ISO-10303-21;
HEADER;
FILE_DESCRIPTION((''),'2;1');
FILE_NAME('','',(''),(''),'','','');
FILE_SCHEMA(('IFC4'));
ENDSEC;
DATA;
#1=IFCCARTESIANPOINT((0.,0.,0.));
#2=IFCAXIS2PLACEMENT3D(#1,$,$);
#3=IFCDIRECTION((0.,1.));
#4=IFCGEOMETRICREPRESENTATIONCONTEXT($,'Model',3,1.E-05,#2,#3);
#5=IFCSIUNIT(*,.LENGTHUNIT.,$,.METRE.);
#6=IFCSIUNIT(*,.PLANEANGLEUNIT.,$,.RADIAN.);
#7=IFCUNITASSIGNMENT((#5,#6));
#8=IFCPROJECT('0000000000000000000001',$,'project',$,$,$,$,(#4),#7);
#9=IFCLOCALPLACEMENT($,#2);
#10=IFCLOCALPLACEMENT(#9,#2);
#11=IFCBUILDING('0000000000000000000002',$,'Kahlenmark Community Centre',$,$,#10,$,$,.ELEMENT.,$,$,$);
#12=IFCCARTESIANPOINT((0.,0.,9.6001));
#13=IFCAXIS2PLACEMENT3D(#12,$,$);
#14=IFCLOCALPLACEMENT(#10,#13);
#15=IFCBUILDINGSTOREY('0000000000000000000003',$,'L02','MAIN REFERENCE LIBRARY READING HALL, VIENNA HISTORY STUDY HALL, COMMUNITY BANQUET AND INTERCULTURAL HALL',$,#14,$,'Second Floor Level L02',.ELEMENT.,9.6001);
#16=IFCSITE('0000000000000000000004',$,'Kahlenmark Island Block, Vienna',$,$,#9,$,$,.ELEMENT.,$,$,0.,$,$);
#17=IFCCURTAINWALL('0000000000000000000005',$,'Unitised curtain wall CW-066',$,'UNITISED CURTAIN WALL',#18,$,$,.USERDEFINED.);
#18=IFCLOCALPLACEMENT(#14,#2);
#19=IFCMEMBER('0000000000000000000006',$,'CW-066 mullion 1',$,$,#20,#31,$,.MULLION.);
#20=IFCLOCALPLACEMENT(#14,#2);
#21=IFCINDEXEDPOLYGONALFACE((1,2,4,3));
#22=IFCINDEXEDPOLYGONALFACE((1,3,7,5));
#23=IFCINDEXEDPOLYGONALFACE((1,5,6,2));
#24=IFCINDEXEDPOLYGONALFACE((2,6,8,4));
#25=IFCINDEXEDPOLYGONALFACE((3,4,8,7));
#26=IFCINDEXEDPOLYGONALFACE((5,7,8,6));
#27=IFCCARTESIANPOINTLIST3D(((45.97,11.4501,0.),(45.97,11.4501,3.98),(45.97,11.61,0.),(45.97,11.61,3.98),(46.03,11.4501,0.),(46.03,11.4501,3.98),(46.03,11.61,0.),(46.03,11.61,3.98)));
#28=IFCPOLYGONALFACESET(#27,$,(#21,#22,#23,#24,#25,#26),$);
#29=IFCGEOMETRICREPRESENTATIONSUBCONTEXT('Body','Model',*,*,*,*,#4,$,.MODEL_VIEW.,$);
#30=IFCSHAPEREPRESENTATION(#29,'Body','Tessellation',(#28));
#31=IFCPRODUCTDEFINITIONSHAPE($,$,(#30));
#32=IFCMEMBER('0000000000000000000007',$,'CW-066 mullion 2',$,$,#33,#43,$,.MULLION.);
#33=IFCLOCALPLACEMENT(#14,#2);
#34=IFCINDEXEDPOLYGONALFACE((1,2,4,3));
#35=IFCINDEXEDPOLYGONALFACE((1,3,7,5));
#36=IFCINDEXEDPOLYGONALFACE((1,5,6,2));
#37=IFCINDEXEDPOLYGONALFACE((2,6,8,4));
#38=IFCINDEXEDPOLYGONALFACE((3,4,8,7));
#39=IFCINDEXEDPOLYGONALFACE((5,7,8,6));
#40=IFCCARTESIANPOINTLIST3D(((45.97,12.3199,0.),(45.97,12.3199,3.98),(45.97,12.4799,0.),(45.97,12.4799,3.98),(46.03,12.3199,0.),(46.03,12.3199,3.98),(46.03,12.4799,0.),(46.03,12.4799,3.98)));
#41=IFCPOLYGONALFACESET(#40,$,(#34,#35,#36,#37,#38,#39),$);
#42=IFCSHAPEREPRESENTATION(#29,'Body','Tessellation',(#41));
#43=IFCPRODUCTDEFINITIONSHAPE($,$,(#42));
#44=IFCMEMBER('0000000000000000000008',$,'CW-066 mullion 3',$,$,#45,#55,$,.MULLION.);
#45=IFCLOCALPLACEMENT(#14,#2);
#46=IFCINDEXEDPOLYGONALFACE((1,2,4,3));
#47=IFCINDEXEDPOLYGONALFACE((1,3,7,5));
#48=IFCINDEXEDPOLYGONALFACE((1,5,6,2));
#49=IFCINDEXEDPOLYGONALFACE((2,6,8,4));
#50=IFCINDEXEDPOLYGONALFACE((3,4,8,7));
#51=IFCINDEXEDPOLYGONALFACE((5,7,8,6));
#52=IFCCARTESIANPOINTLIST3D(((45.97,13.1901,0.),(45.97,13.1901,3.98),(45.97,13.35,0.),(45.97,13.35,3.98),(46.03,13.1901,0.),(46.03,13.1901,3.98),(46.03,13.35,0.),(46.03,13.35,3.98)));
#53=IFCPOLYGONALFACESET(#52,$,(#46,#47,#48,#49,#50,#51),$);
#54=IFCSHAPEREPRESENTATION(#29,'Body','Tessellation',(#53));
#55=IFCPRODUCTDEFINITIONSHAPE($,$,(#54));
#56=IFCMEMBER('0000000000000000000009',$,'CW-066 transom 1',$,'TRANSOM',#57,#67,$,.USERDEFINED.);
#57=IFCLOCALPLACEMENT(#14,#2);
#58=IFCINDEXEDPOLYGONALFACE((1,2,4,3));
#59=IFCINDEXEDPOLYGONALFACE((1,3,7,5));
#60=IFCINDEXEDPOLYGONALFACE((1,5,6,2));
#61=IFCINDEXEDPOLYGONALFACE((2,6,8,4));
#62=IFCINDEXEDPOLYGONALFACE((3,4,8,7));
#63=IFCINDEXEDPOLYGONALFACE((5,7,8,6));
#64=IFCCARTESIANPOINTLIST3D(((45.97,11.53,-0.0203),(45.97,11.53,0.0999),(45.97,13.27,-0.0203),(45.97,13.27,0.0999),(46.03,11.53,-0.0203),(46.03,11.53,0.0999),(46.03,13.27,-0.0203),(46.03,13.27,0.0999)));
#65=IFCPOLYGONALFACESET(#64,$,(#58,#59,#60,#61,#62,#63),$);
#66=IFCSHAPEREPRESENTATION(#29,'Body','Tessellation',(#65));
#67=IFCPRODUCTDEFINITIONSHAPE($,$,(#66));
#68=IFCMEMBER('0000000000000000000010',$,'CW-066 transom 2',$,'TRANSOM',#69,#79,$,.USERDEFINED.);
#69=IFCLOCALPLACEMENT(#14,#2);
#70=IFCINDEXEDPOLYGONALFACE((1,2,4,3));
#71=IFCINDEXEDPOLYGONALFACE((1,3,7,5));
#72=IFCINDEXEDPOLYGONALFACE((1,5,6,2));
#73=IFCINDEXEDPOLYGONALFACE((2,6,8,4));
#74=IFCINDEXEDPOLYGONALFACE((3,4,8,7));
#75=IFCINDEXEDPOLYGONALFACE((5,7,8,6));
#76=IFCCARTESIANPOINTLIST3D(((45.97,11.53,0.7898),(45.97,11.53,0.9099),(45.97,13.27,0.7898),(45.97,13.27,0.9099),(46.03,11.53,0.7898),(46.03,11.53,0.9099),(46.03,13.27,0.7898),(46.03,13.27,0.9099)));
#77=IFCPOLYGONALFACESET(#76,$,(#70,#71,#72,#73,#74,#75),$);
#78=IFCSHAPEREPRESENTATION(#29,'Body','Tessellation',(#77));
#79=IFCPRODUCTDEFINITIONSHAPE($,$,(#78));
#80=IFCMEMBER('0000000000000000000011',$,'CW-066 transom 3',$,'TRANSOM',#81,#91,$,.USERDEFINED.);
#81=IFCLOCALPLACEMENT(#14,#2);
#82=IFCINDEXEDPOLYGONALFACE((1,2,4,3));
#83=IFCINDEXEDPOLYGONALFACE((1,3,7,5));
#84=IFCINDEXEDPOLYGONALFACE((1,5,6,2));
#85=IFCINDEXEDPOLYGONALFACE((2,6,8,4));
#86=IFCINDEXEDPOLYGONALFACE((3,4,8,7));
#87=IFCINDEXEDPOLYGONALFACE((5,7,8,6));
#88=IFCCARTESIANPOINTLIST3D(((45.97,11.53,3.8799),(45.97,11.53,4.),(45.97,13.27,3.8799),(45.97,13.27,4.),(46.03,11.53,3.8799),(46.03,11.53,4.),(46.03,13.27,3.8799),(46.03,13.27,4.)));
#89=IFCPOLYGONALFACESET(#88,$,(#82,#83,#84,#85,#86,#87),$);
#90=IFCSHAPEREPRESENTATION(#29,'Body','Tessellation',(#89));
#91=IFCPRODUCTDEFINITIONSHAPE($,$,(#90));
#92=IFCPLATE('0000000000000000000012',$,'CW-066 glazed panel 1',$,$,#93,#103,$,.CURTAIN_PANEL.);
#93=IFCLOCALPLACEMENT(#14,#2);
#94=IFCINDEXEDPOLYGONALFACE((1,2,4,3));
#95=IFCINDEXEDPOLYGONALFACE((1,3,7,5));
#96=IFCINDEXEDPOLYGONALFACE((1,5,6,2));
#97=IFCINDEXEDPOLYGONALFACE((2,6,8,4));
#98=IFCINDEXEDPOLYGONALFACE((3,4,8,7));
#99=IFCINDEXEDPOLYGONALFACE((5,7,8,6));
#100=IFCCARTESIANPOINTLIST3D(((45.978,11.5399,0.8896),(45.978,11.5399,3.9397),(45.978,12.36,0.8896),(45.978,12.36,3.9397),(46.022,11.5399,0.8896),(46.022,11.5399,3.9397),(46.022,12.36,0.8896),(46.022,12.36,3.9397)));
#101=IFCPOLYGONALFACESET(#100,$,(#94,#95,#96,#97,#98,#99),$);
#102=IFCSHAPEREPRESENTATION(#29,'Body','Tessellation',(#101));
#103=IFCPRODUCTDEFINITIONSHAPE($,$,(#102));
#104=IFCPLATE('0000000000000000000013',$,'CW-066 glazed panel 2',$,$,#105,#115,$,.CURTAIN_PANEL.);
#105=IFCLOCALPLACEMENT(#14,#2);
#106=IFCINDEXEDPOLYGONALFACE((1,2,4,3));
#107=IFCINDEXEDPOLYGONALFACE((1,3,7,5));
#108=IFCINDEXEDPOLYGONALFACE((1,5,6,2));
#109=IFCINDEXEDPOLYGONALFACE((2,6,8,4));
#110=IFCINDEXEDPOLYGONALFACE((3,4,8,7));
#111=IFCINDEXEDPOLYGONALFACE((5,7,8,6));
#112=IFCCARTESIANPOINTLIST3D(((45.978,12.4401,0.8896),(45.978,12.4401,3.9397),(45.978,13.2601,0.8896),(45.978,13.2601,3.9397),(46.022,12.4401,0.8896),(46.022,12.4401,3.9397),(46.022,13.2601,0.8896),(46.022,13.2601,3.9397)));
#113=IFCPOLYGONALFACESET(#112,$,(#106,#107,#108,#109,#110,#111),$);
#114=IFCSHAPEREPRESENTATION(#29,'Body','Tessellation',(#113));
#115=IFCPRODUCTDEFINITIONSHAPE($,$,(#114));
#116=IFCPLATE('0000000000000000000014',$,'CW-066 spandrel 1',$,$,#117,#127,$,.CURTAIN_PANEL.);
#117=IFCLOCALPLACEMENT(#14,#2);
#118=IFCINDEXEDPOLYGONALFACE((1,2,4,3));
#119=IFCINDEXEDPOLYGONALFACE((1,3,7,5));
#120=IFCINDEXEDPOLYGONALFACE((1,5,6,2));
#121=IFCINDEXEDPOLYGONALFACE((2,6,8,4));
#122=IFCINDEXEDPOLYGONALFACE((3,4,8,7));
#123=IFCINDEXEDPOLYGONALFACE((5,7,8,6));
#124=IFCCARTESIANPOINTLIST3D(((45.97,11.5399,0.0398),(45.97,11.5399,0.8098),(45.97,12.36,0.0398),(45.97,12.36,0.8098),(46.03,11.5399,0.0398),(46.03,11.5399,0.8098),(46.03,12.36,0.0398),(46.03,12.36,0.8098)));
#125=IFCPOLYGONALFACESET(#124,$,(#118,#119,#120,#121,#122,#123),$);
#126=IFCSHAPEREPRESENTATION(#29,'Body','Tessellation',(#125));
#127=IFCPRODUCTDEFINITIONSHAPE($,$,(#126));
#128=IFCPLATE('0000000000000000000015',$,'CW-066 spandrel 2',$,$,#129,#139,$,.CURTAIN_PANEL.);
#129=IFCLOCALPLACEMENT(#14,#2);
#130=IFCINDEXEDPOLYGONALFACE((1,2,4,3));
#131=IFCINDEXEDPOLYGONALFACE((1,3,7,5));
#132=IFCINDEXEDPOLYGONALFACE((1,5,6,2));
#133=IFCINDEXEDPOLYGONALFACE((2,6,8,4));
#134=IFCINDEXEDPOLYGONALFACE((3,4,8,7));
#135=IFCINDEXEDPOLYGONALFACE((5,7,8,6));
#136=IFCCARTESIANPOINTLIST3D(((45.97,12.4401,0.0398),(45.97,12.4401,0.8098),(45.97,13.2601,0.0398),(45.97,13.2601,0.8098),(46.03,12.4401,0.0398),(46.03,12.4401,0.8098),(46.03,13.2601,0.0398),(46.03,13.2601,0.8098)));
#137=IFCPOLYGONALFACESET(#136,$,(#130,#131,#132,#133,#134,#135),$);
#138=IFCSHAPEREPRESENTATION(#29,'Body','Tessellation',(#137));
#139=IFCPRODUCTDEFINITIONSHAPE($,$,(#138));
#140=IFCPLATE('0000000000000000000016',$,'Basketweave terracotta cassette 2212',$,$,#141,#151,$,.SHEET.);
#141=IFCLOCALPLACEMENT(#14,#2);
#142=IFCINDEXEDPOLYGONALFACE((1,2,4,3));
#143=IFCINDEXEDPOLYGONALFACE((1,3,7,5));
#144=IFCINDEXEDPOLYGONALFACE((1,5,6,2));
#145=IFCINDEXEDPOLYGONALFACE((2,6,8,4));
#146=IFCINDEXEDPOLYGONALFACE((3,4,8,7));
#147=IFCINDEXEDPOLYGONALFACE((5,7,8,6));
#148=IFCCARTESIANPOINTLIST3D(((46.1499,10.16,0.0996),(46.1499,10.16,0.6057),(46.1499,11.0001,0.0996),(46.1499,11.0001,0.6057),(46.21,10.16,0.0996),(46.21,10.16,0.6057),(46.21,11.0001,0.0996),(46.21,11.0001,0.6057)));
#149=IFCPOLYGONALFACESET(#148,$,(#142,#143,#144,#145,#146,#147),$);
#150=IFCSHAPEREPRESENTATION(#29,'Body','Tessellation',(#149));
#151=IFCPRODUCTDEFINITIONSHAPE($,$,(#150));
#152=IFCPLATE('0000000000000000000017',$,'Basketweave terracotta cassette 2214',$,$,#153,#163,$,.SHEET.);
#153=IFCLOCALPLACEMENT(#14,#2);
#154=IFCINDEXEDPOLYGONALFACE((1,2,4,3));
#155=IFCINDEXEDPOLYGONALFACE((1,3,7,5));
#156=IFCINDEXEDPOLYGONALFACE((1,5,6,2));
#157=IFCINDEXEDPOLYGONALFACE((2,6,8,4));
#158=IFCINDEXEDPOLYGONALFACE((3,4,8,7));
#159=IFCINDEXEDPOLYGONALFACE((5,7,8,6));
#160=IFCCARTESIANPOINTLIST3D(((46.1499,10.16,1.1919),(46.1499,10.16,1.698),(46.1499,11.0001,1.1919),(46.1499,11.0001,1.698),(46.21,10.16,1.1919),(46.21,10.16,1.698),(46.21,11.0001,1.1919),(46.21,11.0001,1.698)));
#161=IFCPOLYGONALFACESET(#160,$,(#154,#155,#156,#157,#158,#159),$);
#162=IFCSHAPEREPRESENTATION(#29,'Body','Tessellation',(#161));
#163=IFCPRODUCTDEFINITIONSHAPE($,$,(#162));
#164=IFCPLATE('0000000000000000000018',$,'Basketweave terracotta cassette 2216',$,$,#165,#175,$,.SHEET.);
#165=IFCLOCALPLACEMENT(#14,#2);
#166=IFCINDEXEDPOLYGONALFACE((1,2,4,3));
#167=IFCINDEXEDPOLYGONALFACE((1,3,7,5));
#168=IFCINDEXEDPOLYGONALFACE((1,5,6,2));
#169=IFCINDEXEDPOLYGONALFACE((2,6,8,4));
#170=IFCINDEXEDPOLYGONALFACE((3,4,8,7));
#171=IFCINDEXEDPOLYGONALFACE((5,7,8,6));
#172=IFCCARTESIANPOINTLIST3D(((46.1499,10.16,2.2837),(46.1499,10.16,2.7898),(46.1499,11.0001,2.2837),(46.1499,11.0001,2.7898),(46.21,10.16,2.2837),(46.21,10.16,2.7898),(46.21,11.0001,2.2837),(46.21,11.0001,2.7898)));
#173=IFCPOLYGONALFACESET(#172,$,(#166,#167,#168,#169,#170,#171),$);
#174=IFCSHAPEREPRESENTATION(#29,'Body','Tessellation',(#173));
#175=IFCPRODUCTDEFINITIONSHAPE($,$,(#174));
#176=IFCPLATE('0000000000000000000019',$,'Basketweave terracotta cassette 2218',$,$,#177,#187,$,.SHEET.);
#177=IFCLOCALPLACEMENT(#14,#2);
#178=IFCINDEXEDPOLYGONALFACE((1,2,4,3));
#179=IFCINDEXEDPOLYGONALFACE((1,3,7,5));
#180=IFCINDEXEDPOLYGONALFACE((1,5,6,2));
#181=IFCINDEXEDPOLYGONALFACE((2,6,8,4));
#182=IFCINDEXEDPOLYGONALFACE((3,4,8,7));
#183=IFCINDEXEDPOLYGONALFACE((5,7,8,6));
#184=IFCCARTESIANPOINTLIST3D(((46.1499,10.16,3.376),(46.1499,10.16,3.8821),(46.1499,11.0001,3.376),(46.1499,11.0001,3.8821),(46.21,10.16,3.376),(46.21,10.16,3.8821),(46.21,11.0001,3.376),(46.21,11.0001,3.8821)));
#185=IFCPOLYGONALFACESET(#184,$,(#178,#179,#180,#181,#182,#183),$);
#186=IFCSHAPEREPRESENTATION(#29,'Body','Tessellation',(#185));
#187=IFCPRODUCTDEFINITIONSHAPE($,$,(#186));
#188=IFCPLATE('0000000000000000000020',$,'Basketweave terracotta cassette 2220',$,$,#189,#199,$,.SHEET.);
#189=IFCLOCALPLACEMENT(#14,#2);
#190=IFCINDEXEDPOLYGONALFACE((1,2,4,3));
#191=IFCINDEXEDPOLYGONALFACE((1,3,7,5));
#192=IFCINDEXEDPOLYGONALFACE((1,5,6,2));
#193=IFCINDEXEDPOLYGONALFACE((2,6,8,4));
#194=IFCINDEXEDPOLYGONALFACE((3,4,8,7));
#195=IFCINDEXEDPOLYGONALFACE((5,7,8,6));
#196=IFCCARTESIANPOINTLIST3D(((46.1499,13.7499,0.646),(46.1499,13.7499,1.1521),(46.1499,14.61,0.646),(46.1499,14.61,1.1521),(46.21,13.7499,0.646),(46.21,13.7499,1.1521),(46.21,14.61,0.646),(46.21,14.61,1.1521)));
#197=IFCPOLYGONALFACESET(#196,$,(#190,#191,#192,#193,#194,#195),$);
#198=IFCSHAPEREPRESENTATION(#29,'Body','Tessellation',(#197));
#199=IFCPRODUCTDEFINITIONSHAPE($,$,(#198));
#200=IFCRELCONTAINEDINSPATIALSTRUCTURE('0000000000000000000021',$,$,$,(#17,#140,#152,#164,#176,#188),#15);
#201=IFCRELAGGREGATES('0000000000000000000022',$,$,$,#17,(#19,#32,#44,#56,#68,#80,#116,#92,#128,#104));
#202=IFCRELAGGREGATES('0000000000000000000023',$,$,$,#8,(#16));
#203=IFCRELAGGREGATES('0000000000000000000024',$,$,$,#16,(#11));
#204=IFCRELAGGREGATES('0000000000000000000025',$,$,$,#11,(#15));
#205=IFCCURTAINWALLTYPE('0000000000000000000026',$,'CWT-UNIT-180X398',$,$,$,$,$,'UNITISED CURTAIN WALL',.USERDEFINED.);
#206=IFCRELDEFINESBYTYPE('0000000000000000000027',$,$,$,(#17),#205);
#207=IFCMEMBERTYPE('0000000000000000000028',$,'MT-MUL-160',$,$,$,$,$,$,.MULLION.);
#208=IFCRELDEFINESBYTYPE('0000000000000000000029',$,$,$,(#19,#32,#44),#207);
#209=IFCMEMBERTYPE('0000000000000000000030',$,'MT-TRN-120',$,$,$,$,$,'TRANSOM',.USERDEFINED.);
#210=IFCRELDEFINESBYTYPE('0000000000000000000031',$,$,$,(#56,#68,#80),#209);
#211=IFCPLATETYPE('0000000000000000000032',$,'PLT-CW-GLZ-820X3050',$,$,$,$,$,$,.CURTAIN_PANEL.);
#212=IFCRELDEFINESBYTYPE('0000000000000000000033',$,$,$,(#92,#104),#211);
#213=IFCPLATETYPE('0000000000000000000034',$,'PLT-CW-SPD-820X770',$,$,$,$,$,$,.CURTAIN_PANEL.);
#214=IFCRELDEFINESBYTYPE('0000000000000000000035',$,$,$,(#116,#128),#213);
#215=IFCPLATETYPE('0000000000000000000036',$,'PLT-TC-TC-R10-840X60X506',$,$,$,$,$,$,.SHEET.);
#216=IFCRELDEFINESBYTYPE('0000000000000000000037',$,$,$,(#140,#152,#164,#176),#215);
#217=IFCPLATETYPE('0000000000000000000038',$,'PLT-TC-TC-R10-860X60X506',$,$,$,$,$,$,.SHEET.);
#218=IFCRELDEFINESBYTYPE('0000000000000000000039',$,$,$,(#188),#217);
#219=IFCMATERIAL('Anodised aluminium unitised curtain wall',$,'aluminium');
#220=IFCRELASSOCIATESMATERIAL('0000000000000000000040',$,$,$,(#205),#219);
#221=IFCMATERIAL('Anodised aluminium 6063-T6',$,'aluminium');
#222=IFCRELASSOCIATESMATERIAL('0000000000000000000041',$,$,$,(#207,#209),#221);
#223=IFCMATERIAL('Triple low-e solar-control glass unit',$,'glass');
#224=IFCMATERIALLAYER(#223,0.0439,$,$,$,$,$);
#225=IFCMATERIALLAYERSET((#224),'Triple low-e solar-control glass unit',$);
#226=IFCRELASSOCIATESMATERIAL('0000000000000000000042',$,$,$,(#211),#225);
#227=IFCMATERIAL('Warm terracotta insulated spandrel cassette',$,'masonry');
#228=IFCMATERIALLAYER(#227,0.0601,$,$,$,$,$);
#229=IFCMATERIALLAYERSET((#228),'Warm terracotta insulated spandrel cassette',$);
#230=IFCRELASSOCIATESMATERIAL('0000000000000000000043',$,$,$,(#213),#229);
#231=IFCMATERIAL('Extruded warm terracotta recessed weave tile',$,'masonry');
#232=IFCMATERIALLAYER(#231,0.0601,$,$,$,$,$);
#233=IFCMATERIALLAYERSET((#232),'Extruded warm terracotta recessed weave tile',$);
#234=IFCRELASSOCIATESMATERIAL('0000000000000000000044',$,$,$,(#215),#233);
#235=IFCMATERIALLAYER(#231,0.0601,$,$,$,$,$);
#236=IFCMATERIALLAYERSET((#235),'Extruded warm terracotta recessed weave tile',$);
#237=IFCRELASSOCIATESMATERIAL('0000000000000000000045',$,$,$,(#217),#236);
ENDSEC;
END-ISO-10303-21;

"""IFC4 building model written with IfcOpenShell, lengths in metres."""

from ifc_helpers import new_model, si_unit, direction, frame, origin, origin_2d, place, context, subcontext, project, spatial, rectangle, extrude, material, layer, layer_set, material_profile, profile_set, type_object, element, aggregate, save


model = new_model("IFC4")

# Units and contexts
model_context = context("Model", 3, precision=1e-05, world=origin(), true_north=direction((0.0, 1.0)))
body_context = subcontext(model_context, "Body", "Model", "MODEL_VIEW")
ifc_project = project(units=[si_unit("LENGTHUNIT", "METRE"), si_unit("PLANEANGLEUNIT", "RADIAN")], contexts=[model_context])

# Site, building, storey
site_placement = place(None, origin())
site = spatial("IfcSite", under=ifc_project, at=site_placement, Name="Kahlenmark Island Block, Vienna", CompositionType="ELEMENT", RefElevation=0.0)
building_placement = place(site_placement, origin())
building = spatial("IfcBuilding", under=site, at=building_placement, Name="Kahlenmark Community Centre", CompositionType="ELEMENT")
storey_placement = place(building_placement, frame((0.0, 0.0, 9.6001)))
storey = spatial("IfcBuildingStorey", under=building, at=storey_placement, Name="L02", Description="MAIN REFERENCE LIBRARY READING HALL, VIENNA HISTORY STUDY HALL, COMMUNITY BANQUET AND INTERCULTURAL HALL", LongName="Second Floor Level L02", CompositionType="ELEMENT", Elevation=9.6001)

# Curtain wall, members, plates
ifc_material_1 = material(Name="Anodised aluminium unitised curtain wall", Category="aluminium")
curtain_wall_type = type_object("IfcCurtainWallType", Name="CWT-UNIT-180X398", ElementType="UNITISED CURTAIN WALL", PredefinedType="USERDEFINED", material=ifc_material_1)
curtain_wall_placement = place(storey_placement, origin())
curtain_wall = element("IfcCurtainWall", 1, at=curtain_wall_placement, inside=storey, type_object=curtain_wall_type, Name="Unitised curtain wall CW-066", ObjectType="UNITISED CURTAIN WALL", PredefinedType="USERDEFINED")
ifc_material_2 = material(Name="Anodised aluminium 6063-T6", Category="aluminium")
ifc_material_profile_1 = material_profile(ifc_material_2, rectangle(XDim=0.0601, YDim=0.1599, at=origin_2d()), Name="ALU MULLION 60x160")
ifc_profile_set_1 = profile_set([ifc_material_profile_1], Name="Anodised aluminium 6063-T6")
member_type_1 = type_object("IfcMemberType", Name="MT-MUL-160", PredefinedType="MULLION", material=ifc_profile_set_1)
member_1_placement = place(storey_placement, frame((46.0, 11.53, 0.0), z_axis=(0.0, 0.0, 1.0), x_axis=(-1.0, 0.0, 0.0)))
member_1 = element("IfcMember", 2, at=member_1_placement, type_object=member_type_1, Name="CW-066 mullion 1", PredefinedType="MULLION", context=body_context, shape_type="SweptSolid", body=[
    extrude(rectangle(XDim=0.0601, YDim=0.1599, at=origin_2d()), origin(), (0.0, 0.0, 1.0), 3.98),
])
member_2_placement = place(storey_placement, frame((46.0, 12.3999, 0.0), z_axis=(0.0, 0.0, 1.0), x_axis=(-1.0, 0.0, 0.0)))
member_2 = element("IfcMember", 3, at=member_2_placement, type_object=member_type_1, Name="CW-066 mullion 2", PredefinedType="MULLION", context=body_context, shape_type="SweptSolid", body=[
    extrude(rectangle(XDim=0.0601, YDim=0.1599, at=origin_2d()), origin(), (0.0, 0.0, 1.0), 3.98),
])
member_3_placement = place(storey_placement, frame((46.0, 13.27, 0.0), z_axis=(0.0, 0.0, 1.0), x_axis=(-1.0, 0.0, 0.0)))
member_3 = element("IfcMember", 4, at=member_3_placement, type_object=member_type_1, Name="CW-066 mullion 3", PredefinedType="MULLION", context=body_context, shape_type="SweptSolid", body=[
    extrude(rectangle(XDim=0.0601, YDim=0.1599, at=origin_2d()), origin(), (0.0, 0.0, 1.0), 3.98),
])
ifc_material_profile_2 = material_profile(ifc_material_2, rectangle(XDim=0.0601, YDim=0.1201, at=origin_2d()), Name="ALU TRANSOM 60x120")
ifc_profile_set_2 = profile_set([ifc_material_profile_2], Name="Anodised aluminium 6063-T6")
member_type_2 = type_object("IfcMemberType", Name="MT-TRN-120", ElementType="TRANSOM", PredefinedType="USERDEFINED", material=ifc_profile_set_2)
member_4_placement = place(storey_placement, frame((46.0, 11.53, 0.0398), z_axis=(0.0, 1.0, 0.0), x_axis=(-1.0, 0.0, 0.0)))
member_4 = element("IfcMember", 5, at=member_4_placement, type_object=member_type_2, Name="CW-066 transom 1", ObjectType="TRANSOM", PredefinedType="USERDEFINED", context=body_context, shape_type="SweptSolid", body=[
    extrude(rectangle(XDim=0.0601, YDim=0.1201, at=origin_2d()), origin(), (0.0, 0.0, 1.0), 1.74),
])
member_5_placement = place(storey_placement, frame((46.0, 11.53, 0.8499), z_axis=(0.0, 1.0, 0.0), x_axis=(-1.0, 0.0, 0.0)))
member_5 = element("IfcMember", 6, at=member_5_placement, type_object=member_type_2, Name="CW-066 transom 2", ObjectType="TRANSOM", PredefinedType="USERDEFINED", context=body_context, shape_type="SweptSolid", body=[
    extrude(rectangle(XDim=0.0601, YDim=0.1201, at=origin_2d()), origin(), (0.0, 0.0, 1.0), 1.74),
])
member_6_placement = place(storey_placement, frame((46.0, 11.53, 3.9399), z_axis=(0.0, 1.0, 0.0), x_axis=(-1.0, 0.0, 0.0)))
member_6 = element("IfcMember", 7, at=member_6_placement, type_object=member_type_2, Name="CW-066 transom 3", ObjectType="TRANSOM", PredefinedType="USERDEFINED", context=body_context, shape_type="SweptSolid", body=[
    extrude(rectangle(XDim=0.0601, YDim=0.1201, at=origin_2d()), origin(), (0.0, 0.0, 1.0), 1.74),
])
ifc_material_3 = material(Name="Triple low-e solar-control glass unit", Category="glass")
ifc_layer_1 = layer(ifc_material_3, 0.0439)
ifc_layer_set_1 = layer_set([ifc_layer_1], Name="Triple low-e solar-control glass unit")
plate_type_1 = type_object("IfcPlateType", Name="PLT-CW-GLZ-820X3050", PredefinedType="CURTAIN_PANEL", material=ifc_layer_set_1)
plate_1_placement = place(storey_placement, frame((46.0, 11.95, 0.8896), z_axis=(0.0, 0.0, 1.0), x_axis=(0.0, 1.0, 0.0)))
plate_1 = element("IfcPlate", 8, at=plate_1_placement, type_object=plate_type_1, Name="CW-066 glazed panel 1", PredefinedType="CURTAIN_PANEL", context=body_context, shape_type="SweptSolid", body=[
    extrude(rectangle(XDim=0.8201, YDim=0.0439, at=origin_2d()), origin(), (0.0, 0.0, 1.0), 3.05),
])
plate_2_placement = place(storey_placement, frame((46.0, 12.8501, 0.8896), z_axis=(0.0, 0.0, 1.0), x_axis=(0.0, 1.0, 0.0)))
plate_2 = element("IfcPlate", 9, at=plate_2_placement, type_object=plate_type_1, Name="CW-066 glazed panel 2", PredefinedType="CURTAIN_PANEL", context=body_context, shape_type="SweptSolid", body=[
    extrude(rectangle(XDim=0.8201, YDim=0.0439, at=origin_2d()), origin(), (0.0, 0.0, 1.0), 3.05),
])
ifc_material_4 = material(Name="Warm terracotta insulated spandrel cassette", Category="masonry")
ifc_layer_2 = layer(ifc_material_4, 0.0601)
ifc_layer_set_2 = layer_set([ifc_layer_2], Name="Warm terracotta insulated spandrel cassette")
plate_type_2 = type_object("IfcPlateType", Name="PLT-CW-SPD-820X770", PredefinedType="CURTAIN_PANEL", material=ifc_layer_set_2)
plate_3_placement = place(storey_placement, frame((46.0, 11.95, 0.0398), z_axis=(0.0, 0.0, 1.0), x_axis=(0.0, 1.0, 0.0)))
plate_3 = element("IfcPlate", 10, at=plate_3_placement, type_object=plate_type_2, Name="CW-066 spandrel 1", PredefinedType="CURTAIN_PANEL", context=body_context, shape_type="SweptSolid", body=[
    extrude(rectangle(XDim=0.8201, YDim=0.0601, at=origin_2d()), origin(), (0.0, 0.0, 1.0), 0.77),
])
plate_4_placement = place(storey_placement, frame((46.0, 12.8501, 0.0398), z_axis=(0.0, 0.0, 1.0), x_axis=(0.0, 1.0, 0.0)))
plate_4 = element("IfcPlate", 11, at=plate_4_placement, type_object=plate_type_2, Name="CW-066 spandrel 2", PredefinedType="CURTAIN_PANEL", context=body_context, shape_type="SweptSolid", body=[
    extrude(rectangle(XDim=0.8201, YDim=0.0601, at=origin_2d()), origin(), (0.0, 0.0, 1.0), 0.77),
])
aggregate(curtain_wall, [member_1, member_2, member_3, member_4, member_5, member_6, plate_3, plate_1, plate_4, plate_2])

# Plates
ifc_material_5 = material(Name="Extruded warm terracotta recessed weave tile", Category="masonry")
ifc_layer_3 = layer(ifc_material_5, 0.0601)
ifc_layer_set_3 = layer_set([ifc_layer_3], Name="Extruded warm terracotta recessed weave tile")
plate_type_3 = type_object("IfcPlateType", Name="PLT-TC-TC-R10-840X60X506", PredefinedType="SHEET", material=ifc_layer_set_3)
for number, where, z_axis, x_axis, name in (
    (12, (46.1799, 10.5801, 0.0996), (0.0, 0.0, 1.0), (0.0, 1.0, 0.0), "Basketweave terracotta cassette 2212"),
    (13, (46.1799, 10.5801, 1.1919), (0.0, 0.0, 1.0), (0.0, 1.0, 0.0), "Basketweave terracotta cassette 2214"),
    (14, (46.1799, 10.5801, 2.2837), (0.0, 0.0, 1.0), (0.0, 1.0, 0.0), "Basketweave terracotta cassette 2216"),
    (15, (46.1799, 10.5801, 3.376), (0.0, 0.0, 1.0), (0.0, 1.0, 0.0), "Basketweave terracotta cassette 2218"),
):
    element("IfcPlate", number, at=place(storey_placement, frame(where, z_axis=z_axis, x_axis=x_axis)), inside=storey, type_object=plate_type_3, Name=name, PredefinedType="SHEET", context=body_context, shape_type="SweptSolid", body=[
        extrude(rectangle(XDim=0.8401, YDim=0.0601, at=origin_2d()), origin(), (0.0, 0.0, 1.0), 0.5061),
    ])
ifc_layer_4 = layer(ifc_material_5, 0.0601)
ifc_layer_set_4 = layer_set([ifc_layer_4], Name="Extruded warm terracotta recessed weave tile")
plate_type_4 = type_object("IfcPlateType", Name="PLT-TC-TC-R10-860X60X506", PredefinedType="SHEET", material=ifc_layer_set_4)
for number, where, z_axis, x_axis, name in (
    (16, (46.1799, 14.1799, 0.646), (0.0, 0.0, 1.0), (0.0, 1.0, 0.0), "Basketweave terracotta cassette 2220"),
):
    element("IfcPlate", number, at=place(storey_placement, frame(where, z_axis=z_axis, x_axis=x_axis)), inside=storey, type_object=plate_type_4, Name=name, PredefinedType="SHEET", context=body_context, shape_type="SweptSolid", body=[
        extrude(rectangle(XDim=0.8601, YDim=0.0601, at=origin_2d()), origin(), (0.0, 0.0, 1.0), 0.5061),
    ])

save(model, "model.ifc")
